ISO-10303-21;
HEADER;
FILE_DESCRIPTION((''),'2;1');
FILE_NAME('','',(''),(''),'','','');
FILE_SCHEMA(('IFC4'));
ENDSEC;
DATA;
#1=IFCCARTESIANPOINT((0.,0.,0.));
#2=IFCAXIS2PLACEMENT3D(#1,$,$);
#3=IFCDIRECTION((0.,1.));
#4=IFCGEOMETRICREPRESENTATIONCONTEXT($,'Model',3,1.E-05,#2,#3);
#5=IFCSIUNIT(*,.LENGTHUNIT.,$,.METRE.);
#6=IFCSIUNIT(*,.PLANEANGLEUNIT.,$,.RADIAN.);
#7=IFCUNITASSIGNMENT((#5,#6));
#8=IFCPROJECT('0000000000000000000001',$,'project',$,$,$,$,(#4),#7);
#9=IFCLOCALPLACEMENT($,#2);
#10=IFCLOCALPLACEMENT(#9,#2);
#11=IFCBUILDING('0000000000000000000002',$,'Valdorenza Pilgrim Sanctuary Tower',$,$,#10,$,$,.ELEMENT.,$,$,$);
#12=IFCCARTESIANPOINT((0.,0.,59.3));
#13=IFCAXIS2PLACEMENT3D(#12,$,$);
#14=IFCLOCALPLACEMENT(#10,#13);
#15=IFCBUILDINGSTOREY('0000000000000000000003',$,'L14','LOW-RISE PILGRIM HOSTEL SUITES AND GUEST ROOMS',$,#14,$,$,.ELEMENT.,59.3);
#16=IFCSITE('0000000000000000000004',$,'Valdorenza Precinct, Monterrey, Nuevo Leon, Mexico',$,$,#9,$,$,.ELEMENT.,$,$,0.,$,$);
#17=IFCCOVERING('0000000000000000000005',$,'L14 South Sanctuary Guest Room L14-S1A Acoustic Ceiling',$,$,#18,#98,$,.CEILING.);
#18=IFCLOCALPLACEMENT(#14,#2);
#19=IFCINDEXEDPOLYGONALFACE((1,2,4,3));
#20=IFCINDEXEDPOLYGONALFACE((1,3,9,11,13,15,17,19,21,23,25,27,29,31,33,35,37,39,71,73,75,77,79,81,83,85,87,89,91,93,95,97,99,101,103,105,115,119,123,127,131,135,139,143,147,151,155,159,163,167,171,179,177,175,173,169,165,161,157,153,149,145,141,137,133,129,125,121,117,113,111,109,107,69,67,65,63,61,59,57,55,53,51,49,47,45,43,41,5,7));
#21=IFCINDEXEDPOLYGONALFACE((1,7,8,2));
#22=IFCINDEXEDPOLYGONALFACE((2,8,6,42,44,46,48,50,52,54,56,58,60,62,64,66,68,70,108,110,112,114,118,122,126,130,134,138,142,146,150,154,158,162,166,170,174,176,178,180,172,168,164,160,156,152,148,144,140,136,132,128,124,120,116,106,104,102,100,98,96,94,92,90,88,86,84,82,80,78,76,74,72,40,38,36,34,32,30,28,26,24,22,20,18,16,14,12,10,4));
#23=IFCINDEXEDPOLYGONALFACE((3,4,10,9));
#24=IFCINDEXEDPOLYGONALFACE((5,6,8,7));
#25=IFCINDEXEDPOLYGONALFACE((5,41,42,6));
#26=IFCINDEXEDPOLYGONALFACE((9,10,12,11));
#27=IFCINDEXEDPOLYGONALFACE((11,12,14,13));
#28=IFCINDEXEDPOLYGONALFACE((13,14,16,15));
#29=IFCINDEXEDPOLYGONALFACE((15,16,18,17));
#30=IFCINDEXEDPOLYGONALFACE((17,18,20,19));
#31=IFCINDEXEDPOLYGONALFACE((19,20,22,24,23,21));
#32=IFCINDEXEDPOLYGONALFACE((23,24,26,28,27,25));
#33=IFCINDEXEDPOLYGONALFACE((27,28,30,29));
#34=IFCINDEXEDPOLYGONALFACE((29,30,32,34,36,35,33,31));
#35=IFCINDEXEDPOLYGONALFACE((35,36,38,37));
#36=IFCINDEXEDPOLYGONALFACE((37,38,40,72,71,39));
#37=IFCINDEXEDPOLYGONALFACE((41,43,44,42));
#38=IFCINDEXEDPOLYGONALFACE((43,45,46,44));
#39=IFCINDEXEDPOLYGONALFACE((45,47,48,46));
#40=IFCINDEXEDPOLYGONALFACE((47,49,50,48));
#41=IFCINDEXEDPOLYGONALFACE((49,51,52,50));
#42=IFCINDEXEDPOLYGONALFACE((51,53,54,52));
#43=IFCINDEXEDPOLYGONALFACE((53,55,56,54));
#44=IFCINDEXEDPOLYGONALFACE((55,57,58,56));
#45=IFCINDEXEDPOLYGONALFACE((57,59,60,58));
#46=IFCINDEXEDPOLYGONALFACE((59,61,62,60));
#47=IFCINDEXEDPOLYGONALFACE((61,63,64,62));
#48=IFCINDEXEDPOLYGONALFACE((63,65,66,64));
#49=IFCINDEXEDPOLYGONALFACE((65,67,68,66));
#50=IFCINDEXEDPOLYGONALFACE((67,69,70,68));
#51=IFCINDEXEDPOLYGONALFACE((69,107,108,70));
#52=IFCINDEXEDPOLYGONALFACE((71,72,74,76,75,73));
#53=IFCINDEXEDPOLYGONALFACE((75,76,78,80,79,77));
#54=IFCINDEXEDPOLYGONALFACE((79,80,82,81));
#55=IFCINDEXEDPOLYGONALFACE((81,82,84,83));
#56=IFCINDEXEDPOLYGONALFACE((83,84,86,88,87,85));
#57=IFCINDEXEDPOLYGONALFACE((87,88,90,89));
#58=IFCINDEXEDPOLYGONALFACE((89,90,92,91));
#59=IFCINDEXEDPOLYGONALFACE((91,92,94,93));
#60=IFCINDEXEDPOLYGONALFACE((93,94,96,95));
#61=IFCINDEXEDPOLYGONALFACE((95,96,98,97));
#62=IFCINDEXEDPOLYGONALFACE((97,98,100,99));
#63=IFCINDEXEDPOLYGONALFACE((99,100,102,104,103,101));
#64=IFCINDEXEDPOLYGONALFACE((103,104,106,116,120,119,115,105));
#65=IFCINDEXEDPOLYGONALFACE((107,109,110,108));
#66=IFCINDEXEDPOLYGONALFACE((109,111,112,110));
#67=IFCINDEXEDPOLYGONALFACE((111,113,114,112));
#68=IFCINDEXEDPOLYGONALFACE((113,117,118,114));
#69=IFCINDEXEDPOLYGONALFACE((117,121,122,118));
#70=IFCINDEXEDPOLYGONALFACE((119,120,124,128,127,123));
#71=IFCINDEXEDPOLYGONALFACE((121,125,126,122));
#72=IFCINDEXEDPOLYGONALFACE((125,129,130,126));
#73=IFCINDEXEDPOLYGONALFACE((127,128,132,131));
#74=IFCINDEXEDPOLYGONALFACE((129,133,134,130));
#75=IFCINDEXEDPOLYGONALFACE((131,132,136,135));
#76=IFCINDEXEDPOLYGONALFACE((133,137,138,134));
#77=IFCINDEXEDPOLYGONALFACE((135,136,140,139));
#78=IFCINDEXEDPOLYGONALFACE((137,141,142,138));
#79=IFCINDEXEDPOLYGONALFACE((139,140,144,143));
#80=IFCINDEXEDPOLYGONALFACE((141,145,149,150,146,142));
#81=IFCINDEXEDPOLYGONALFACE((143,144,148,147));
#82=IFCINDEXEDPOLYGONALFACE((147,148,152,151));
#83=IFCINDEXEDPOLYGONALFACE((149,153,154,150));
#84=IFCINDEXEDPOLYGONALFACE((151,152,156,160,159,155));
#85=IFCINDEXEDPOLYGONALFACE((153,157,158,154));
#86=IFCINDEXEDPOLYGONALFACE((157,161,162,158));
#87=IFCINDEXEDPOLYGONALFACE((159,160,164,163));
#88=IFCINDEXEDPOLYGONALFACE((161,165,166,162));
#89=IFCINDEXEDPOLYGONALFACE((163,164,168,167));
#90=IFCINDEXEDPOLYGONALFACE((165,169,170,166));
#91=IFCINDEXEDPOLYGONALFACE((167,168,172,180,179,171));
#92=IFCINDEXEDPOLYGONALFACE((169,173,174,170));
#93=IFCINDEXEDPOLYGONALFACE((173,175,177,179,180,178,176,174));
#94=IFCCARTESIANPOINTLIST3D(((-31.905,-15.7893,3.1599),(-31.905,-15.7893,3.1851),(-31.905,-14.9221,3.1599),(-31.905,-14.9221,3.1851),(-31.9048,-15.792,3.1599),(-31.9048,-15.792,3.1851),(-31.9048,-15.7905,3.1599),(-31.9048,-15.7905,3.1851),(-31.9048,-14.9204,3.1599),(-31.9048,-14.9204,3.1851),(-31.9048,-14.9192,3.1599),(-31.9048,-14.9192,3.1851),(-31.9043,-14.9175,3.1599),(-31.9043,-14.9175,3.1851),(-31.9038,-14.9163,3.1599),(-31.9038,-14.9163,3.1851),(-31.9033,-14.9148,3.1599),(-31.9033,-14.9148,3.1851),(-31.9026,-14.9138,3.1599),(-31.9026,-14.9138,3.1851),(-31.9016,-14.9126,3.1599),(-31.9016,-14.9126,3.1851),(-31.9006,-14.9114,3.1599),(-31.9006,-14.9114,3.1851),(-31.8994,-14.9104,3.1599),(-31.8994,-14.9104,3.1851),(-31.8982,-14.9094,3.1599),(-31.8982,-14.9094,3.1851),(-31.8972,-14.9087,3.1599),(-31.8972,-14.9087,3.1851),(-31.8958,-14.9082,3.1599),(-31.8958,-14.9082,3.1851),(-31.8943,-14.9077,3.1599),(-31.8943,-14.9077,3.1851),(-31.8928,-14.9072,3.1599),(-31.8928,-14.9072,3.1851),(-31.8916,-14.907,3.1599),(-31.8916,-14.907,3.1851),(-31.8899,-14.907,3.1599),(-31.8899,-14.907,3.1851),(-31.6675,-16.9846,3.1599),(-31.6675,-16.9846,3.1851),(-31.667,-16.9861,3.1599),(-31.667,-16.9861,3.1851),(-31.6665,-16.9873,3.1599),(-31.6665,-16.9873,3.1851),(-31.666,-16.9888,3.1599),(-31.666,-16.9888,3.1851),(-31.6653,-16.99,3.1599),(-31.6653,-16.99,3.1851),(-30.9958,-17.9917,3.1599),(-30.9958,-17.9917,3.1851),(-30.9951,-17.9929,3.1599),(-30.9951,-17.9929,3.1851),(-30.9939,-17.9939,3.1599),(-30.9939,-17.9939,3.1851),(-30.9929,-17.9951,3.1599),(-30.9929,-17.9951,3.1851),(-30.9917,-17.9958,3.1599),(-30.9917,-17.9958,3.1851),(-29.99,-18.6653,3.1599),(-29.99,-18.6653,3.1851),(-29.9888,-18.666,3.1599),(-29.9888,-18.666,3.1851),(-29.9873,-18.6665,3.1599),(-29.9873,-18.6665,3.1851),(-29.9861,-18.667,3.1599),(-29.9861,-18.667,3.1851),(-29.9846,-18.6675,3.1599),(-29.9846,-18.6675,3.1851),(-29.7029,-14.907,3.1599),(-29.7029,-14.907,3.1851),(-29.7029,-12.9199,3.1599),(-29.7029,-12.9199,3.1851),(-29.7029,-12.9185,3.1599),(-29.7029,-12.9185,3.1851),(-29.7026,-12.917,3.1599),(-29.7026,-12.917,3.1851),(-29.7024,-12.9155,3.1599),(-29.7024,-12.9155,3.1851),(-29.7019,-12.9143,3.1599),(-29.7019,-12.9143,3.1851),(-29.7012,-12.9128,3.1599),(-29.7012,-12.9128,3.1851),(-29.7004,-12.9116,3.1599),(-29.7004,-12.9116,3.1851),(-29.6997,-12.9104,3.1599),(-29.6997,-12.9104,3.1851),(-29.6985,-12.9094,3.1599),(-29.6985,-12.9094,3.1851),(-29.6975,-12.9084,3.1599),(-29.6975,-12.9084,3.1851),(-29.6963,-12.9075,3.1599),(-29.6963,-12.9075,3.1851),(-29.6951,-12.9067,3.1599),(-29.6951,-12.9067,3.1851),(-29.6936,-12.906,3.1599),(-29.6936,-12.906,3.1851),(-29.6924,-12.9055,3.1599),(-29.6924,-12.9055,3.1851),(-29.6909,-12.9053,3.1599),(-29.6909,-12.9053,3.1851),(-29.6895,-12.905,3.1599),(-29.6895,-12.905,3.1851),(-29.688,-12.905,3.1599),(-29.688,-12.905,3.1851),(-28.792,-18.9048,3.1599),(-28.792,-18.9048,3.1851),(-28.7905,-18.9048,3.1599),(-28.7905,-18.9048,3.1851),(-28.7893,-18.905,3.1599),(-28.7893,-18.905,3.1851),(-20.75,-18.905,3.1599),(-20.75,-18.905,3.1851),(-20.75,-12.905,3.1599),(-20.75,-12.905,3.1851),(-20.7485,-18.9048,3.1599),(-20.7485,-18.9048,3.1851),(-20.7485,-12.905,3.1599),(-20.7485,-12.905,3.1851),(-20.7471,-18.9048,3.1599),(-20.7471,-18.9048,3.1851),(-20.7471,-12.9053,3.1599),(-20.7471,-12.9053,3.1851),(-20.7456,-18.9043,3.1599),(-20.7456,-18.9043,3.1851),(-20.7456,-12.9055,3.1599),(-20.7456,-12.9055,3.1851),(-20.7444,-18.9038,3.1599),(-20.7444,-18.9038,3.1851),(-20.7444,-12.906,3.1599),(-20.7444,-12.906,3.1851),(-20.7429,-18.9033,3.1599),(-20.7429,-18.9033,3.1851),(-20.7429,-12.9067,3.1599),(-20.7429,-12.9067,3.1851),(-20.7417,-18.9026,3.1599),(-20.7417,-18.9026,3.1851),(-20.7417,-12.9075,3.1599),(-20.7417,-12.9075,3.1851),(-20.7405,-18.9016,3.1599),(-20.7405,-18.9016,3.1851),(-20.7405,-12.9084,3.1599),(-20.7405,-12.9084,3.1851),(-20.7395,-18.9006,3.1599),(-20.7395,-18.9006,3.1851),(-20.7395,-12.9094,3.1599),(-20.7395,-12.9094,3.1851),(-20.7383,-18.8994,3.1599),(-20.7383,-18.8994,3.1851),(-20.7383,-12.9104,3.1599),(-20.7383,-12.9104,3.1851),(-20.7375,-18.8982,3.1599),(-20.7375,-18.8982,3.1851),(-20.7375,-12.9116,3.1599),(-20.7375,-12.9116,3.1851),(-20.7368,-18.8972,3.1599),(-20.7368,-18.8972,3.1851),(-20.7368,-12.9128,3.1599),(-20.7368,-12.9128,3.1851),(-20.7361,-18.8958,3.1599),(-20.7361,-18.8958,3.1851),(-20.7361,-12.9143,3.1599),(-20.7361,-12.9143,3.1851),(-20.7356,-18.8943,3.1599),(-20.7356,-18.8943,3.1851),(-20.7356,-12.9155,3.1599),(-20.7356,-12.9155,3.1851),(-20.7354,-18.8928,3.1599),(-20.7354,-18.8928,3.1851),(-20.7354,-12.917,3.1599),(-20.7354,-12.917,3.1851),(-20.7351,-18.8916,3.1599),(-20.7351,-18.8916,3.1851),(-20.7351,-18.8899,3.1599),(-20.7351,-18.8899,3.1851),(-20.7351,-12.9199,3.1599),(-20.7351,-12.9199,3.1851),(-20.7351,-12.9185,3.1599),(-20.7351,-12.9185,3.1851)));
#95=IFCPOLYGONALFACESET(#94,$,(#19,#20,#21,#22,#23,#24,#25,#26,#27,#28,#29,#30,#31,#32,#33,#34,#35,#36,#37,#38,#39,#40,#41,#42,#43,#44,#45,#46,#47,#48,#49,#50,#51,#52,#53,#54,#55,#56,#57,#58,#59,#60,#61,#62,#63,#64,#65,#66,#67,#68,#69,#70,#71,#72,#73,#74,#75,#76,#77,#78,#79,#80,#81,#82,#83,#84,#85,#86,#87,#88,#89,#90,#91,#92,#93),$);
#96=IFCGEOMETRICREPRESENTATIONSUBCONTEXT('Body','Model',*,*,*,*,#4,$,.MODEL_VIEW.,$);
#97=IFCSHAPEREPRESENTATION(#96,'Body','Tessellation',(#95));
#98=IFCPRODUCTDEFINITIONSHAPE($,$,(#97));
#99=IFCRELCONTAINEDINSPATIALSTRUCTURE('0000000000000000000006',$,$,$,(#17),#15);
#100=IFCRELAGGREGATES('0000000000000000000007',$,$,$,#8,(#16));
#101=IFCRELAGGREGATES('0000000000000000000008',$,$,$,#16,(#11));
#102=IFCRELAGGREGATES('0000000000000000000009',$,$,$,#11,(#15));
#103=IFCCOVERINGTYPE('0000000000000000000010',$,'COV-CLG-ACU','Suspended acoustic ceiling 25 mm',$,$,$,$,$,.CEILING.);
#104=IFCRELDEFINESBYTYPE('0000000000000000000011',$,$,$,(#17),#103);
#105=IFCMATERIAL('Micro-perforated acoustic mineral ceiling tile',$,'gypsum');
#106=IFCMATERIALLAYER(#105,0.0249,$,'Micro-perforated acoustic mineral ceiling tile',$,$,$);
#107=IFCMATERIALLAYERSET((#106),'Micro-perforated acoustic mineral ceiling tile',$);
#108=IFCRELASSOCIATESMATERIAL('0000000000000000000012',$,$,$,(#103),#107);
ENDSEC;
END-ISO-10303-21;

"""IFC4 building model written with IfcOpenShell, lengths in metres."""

from ifc_helpers import new_model, si_unit, direction, frame, origin, place, context, subcontext, project, spatial, polyline, outline, extrude, material, layer, layer_set, type_object, element, save


model = new_model("IFC4")

# Units and contexts
model_context = context("Model", 3, precision=1e-05, world=origin(), true_north=direction((0.0, 1.0)))
body_context = subcontext(model_context, "Body", "Model", "MODEL_VIEW")
ifc_project = project(units=[si_unit("LENGTHUNIT", "METRE"), si_unit("PLANEANGLEUNIT", "RADIAN")], contexts=[model_context])

# Site, building, storey
site_placement = place(None, origin())
site = spatial("IfcSite", under=ifc_project, at=site_placement, Name="Valdorenza Precinct, Monterrey, Nuevo Leon, Mexico", CompositionType="ELEMENT", RefElevation=0.0)
building_placement = place(site_placement, origin())
building = spatial("IfcBuilding", under=site, at=building_placement, Name="Valdorenza Pilgrim Sanctuary Tower", CompositionType="ELEMENT")
storey_placement = place(building_placement, frame((0.0, 0.0, 59.3)))
storey = spatial("IfcBuildingStorey", under=building, at=storey_placement, Name="L14", Description="LOW-RISE PILGRIM HOSTEL SUITES AND GUEST ROOMS", CompositionType="ELEMENT", Elevation=59.3)

# Covering
ifc_material_1 = material(Name="Micro-perforated acoustic mineral ceiling tile", Category="gypsum")
ifc_layer_1 = layer(ifc_material_1, 0.0249, Name="Micro-perforated acoustic mineral ceiling tile")
ifc_layer_set_1 = layer_set([ifc_layer_1], Name="Micro-perforated acoustic mineral ceiling tile")
covering_type_1 = type_object("IfcCoveringType", Name="COV-CLG-ACU", Description="Suspended acoustic ceiling 25 mm", PredefinedType="CEILING", material=ifc_layer_set_1)
covering_1_placement = place(storey_placement, frame((0.0, 0.0, 3.1599)))
element("IfcCovering", 1, at=covering_1_placement, inside=storey, type_object=covering_type_1, Name="L14 South Sanctuary Guest Room L14-S1A Acoustic Ceiling", PredefinedType="CEILING", context=body_context, shape_type="SweptSolid", body=[
    extrude(outline(polyline([(-29.7029, -14.907), (-29.7029, -12.9199), (-29.7029, -12.9185), (-29.7026, -12.917), (-29.7024, -12.9155), (-29.7019, -12.9143), (-29.7012, -12.9128), (-29.7004, -12.9116), (-29.6997, -12.9104), (-29.6985, -12.9094), (-29.6975, -12.9084), (-29.6963, -12.9075), (-29.6951, -12.9067), (-29.6936, -12.906), (-29.6924, -12.9055), (-29.6909, -12.9053), (-29.6895, -12.905), (-29.688, -12.905), (-20.75, -12.905), (-20.7485, -12.905), (-20.7471, -12.9053), (-20.7456, -12.9055), (-20.7444, -12.906), (-20.7429, -12.9067), (-20.7417, -12.9075), (-20.7405, -12.9084), (-20.7395, -12.9094), (-20.7383, -12.9104), (-20.7375, -12.9116), (-20.7368, -12.9128), (-20.7361, -12.9143), (-20.7356, -12.9155), (-20.7354, -12.917), (-20.7351, -12.9185), (-20.7351, -12.9199), (-20.7351, -18.8899), (-20.7351, -18.8916), (-20.7354, -18.8928), (-20.7356, -18.8943), (-20.7361, -18.8958), (-20.7368, -18.8972), (-20.7375, -18.8982), (-20.7383, -18.8994), (-20.7395, -18.9006), (-20.7405, -18.9016), (-20.7417, -18.9026), (-20.7429, -18.9033), (-20.7444, -18.9038), (-20.7456, -18.9043), (-20.7471, -18.9048), (-20.7485, -18.9048), (-20.75, -18.905), (-28.7893, -18.905), (-28.7905, -18.9048), (-28.792, -18.9048), (-29.9846, -18.6675), (-29.9861, -18.667), (-29.9873, -18.6665), (-29.9888, -18.666), (-29.99, -18.6653), (-30.9917, -17.9958), (-30.9929, -17.9951), (-30.9939, -17.9939), (-30.9951, -17.9929), (-30.9958, -17.9917), (-31.6653, -16.99), (-31.666, -16.9888), (-31.6665, -16.9873), (-31.667, -16.9861), (-31.6675, -16.9846), (-31.9048, -15.792), (-31.9048, -15.7905), (-31.905, -15.7893), (-31.905, -14.9221), (-31.9048, -14.9204), (-31.9048, -14.9192), (-31.9043, -14.9175), (-31.9038, -14.9163), (-31.9033, -14.9148), (-31.9026, -14.9138), (-31.9016, -14.9126), (-31.9006, -14.9114), (-31.8994, -14.9104), (-31.8982, -14.9094), (-31.8972, -14.9087), (-31.8958, -14.9082), (-31.8943, -14.9077), (-31.8928, -14.9072), (-31.8916, -14.907), (-31.8899, -14.907), (-29.7029, -14.907)])), origin(), (0.0, 0.0, 1.0), 0.0251),
])

save(model, "model.ifc")
